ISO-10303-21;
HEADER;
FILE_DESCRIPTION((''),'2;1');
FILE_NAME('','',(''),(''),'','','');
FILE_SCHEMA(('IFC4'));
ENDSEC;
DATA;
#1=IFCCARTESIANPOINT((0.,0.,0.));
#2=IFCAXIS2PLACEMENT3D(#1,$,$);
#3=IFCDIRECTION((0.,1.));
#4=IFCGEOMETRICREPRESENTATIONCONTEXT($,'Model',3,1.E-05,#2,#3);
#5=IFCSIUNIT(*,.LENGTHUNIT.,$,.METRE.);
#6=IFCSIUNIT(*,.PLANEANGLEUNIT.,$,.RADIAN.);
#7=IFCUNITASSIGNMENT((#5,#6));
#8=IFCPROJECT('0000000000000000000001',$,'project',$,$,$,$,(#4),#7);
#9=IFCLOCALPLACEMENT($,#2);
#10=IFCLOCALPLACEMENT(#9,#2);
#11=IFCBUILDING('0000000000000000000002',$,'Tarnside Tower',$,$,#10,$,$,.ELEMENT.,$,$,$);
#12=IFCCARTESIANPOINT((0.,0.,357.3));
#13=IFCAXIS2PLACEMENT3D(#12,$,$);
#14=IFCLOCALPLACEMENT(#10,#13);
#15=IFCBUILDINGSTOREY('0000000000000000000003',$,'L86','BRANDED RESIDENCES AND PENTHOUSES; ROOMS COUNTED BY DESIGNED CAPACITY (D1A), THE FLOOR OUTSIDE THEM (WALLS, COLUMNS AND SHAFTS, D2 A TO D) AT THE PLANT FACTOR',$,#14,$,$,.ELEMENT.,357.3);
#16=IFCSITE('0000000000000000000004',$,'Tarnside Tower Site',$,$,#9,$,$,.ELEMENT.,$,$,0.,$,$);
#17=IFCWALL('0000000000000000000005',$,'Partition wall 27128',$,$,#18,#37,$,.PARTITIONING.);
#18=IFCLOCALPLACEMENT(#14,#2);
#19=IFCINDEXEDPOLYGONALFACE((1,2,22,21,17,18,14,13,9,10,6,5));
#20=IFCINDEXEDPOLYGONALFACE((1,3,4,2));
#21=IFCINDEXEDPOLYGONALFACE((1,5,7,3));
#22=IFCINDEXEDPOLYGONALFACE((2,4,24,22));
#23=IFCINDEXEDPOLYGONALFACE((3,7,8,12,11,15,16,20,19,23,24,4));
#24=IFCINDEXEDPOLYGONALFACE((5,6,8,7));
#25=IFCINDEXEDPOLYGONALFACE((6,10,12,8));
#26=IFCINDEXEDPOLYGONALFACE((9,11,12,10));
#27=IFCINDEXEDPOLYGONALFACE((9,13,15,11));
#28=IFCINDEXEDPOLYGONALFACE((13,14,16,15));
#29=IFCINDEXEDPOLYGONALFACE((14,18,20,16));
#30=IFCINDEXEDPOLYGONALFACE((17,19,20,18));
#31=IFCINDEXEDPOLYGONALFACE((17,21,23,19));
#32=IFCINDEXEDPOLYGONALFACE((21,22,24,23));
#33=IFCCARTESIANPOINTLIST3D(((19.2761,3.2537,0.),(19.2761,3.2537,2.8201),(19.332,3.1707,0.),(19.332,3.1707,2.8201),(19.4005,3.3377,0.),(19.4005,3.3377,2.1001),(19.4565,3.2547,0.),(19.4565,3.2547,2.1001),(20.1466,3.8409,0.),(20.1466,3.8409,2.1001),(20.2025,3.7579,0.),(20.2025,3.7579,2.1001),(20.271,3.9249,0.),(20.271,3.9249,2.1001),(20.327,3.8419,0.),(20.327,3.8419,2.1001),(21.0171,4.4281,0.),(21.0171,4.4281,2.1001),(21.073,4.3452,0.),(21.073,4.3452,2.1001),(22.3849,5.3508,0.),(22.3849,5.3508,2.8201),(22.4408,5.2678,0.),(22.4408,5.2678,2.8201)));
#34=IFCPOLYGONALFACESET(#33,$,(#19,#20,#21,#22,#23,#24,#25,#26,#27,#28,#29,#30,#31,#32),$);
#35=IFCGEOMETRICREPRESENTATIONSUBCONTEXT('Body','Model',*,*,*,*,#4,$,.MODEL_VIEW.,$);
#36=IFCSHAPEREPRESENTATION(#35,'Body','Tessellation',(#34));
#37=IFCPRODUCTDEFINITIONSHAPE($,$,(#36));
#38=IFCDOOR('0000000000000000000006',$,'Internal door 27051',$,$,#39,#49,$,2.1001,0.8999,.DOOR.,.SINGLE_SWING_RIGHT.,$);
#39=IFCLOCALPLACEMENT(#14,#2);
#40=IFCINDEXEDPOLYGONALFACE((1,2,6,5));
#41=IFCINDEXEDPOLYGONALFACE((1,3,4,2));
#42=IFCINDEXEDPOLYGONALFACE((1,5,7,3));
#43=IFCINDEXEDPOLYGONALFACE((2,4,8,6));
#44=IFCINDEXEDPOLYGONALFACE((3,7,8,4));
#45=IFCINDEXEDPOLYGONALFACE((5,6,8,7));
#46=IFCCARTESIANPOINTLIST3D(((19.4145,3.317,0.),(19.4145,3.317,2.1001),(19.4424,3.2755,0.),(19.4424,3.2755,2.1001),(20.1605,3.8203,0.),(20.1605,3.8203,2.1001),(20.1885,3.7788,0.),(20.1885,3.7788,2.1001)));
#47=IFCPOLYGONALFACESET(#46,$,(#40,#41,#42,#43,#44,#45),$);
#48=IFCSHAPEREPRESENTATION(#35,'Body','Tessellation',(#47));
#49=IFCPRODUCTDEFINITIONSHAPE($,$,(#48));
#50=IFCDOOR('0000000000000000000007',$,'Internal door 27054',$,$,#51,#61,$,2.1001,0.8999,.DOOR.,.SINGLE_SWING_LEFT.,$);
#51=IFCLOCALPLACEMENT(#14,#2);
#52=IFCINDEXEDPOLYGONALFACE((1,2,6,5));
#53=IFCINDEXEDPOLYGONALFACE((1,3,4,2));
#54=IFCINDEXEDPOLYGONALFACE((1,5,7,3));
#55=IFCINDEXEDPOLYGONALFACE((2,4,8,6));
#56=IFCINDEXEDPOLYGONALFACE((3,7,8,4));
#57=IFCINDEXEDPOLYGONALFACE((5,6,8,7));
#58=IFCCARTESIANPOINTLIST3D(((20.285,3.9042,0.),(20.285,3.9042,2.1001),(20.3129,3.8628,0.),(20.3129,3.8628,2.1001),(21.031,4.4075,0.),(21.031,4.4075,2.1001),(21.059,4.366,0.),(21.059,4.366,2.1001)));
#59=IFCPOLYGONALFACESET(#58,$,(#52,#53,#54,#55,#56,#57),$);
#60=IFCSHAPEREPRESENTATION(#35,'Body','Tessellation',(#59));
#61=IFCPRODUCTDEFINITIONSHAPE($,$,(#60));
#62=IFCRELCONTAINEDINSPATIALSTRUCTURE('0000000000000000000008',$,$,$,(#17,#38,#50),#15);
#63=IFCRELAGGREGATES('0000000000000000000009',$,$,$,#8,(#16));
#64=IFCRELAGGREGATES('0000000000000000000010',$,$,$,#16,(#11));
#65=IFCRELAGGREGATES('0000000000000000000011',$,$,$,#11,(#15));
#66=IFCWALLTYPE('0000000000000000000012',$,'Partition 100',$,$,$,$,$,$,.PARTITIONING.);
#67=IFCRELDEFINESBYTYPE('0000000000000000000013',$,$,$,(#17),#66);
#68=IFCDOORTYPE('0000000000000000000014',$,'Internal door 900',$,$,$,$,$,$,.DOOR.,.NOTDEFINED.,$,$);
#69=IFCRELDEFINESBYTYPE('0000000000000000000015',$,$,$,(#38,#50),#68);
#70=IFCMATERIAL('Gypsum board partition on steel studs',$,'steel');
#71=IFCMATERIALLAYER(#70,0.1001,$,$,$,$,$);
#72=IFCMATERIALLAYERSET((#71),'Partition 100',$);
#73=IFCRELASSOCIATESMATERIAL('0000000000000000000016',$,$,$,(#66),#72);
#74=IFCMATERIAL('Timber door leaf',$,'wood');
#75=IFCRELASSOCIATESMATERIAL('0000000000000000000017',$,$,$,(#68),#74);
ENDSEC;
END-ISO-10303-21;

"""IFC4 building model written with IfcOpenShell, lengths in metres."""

from ifc_helpers import new_model, si_unit, direction, frame, frame_2d, origin, place, context, subcontext, project, spatial, rectangle, extrude, material, layer, layer_set, type_object, element, fill, save


model = new_model("IFC4")

# Units and contexts
model_context = context("Model", 3, precision=1e-05, world=origin(), true_north=direction((0.0, 1.0)))
body_context = subcontext(model_context, "Body", "Model", "MODEL_VIEW")
ifc_project = project(units=[si_unit("LENGTHUNIT", "METRE"), si_unit("PLANEANGLEUNIT", "RADIAN")], contexts=[model_context])

# Site, building, storey
site_placement = place(None, origin())
site = spatial("IfcSite", under=ifc_project, at=site_placement, Name="Tarnside Tower Site", CompositionType="ELEMENT", RefElevation=0.0)
building_placement = place(site_placement, origin())
building = spatial("IfcBuilding", under=site, at=building_placement, Name="Tarnside Tower", CompositionType="ELEMENT")
storey_placement = place(building_placement, frame((0.0, 0.0, 357.3)))
storey = spatial("IfcBuildingStorey", under=building, at=storey_placement, Name="L86", Description="BRANDED RESIDENCES AND PENTHOUSES; ROOMS COUNTED BY DESIGNED CAPACITY (D1A), THE FLOOR OUTSIDE THEM (WALLS, COLUMNS AND SHAFTS, D2 A TO D) AT THE PLANT FACTOR", CompositionType="ELEMENT", Elevation=357.3)

# Shared definitions
ifc_material_1 = material(Name="Gypsum board partition on steel studs", Category="steel")
ifc_material_2 = material(Name="Timber door leaf", Category="wood")

# Wall, openings, doors
ifc_layer_1 = layer(ifc_material_1, 0.1001)
ifc_layer_set_1 = layer_set([ifc_layer_1], Name="Partition 100")
wall_type_1 = type_object("IfcWallType", Name="Partition 100", PredefinedType="PARTITIONING", material=ifc_layer_set_1)
door_type_1 = type_object("IfcDoorType", Name="Internal door 900", OperationType="NOTDEFINED", PredefinedType="DOOR", material=ifc_material_2)
wall_1_placement = place(storey_placement, frame((22.4128, 5.3093, 0.0), z_axis=(0.0, 0.0, 1.0), x_axis=(-0.829013, -0.559229, 0.0)))
wall_1 = element("IfcWall", 1, at=wall_1_placement, inside=storey, type_object=wall_type_1, Name="Partition wall 27128", PredefinedType="PARTITIONING", context=body_context, shape_type="SweptSolid", body=[
    extrude(rectangle(XDim=3.75, YDim=0.1001, at=frame_2d((1.875, 0.0))), origin(), (0.0, 0.0, 1.0), 2.8201),
])
opening_1_placement = place(wall_1_placement, frame((2.7, 0.0, 0.0)))
opening_1 = element("IfcOpeningElement", 2, at=opening_1_placement, cuts=wall_1, PredefinedType="OPENING", context=body_context, shape_type="SweptSolid", body=[
    extrude(rectangle(XDim=0.8999, YDim=2.1001, at=frame_2d((0.45, 1.05))), frame((0.0, 0.0601, 0.0), z_axis=(0.0, -1.0, 0.0), x_axis=(1.0, 0.0, 0.0)), (0.0, 0.0, 1.0), 0.1201),
])
opening_2_placement = place(wall_1_placement, frame((1.6499, 0.0, 0.0)))
opening_2 = element("IfcOpeningElement", 3, at=opening_2_placement, cuts=wall_1, PredefinedType="OPENING", context=body_context, shape_type="SweptSolid", body=[
    extrude(rectangle(XDim=0.8999, YDim=2.1001, at=frame_2d((0.45, 1.05))), frame((0.0, 0.0601, 0.0), z_axis=(0.0, -1.0, 0.0), x_axis=(1.0, 0.0, 0.0)), (0.0, 0.0, 1.0), 0.1201),
])
door_1_placement = place(opening_1_placement, origin())
door_1 = element("IfcDoor", 4, at=door_1_placement, inside=storey, type_object=door_type_1, Name="Internal door 27051", OperationType="SINGLE_SWING_RIGHT", OverallHeight=2.1001, OverallWidth=0.8999, PredefinedType="DOOR", context=body_context, shape_type="SweptSolid", body=[
    extrude(rectangle(XDim=0.8999, YDim=2.1001, at=frame_2d((0.45, 1.05))), frame((0.0, 0.0249, 0.0), z_axis=(0.0, -1.0, 0.0), x_axis=(1.0, 0.0, 0.0)), (0.0, 0.0, 1.0), 0.05),
])
fill(opening_1, door_1)
door_2_placement = place(opening_2_placement, origin())
door_2 = element("IfcDoor", 5, at=door_2_placement, inside=storey, type_object=door_type_1, Name="Internal door 27054", OperationType="SINGLE_SWING_LEFT", OverallHeight=2.1001, OverallWidth=0.8999, PredefinedType="DOOR", context=body_context, shape_type="SweptSolid", body=[
    extrude(rectangle(XDim=0.8999, YDim=2.1001, at=frame_2d((0.45, 1.05))), frame((0.0, 0.0249, 0.0), z_axis=(0.0, -1.0, 0.0), x_axis=(1.0, 0.0, 0.0)), (0.0, 0.0, 1.0), 0.05),
])
fill(opening_2, door_2)

save(model, "model.ifc")
